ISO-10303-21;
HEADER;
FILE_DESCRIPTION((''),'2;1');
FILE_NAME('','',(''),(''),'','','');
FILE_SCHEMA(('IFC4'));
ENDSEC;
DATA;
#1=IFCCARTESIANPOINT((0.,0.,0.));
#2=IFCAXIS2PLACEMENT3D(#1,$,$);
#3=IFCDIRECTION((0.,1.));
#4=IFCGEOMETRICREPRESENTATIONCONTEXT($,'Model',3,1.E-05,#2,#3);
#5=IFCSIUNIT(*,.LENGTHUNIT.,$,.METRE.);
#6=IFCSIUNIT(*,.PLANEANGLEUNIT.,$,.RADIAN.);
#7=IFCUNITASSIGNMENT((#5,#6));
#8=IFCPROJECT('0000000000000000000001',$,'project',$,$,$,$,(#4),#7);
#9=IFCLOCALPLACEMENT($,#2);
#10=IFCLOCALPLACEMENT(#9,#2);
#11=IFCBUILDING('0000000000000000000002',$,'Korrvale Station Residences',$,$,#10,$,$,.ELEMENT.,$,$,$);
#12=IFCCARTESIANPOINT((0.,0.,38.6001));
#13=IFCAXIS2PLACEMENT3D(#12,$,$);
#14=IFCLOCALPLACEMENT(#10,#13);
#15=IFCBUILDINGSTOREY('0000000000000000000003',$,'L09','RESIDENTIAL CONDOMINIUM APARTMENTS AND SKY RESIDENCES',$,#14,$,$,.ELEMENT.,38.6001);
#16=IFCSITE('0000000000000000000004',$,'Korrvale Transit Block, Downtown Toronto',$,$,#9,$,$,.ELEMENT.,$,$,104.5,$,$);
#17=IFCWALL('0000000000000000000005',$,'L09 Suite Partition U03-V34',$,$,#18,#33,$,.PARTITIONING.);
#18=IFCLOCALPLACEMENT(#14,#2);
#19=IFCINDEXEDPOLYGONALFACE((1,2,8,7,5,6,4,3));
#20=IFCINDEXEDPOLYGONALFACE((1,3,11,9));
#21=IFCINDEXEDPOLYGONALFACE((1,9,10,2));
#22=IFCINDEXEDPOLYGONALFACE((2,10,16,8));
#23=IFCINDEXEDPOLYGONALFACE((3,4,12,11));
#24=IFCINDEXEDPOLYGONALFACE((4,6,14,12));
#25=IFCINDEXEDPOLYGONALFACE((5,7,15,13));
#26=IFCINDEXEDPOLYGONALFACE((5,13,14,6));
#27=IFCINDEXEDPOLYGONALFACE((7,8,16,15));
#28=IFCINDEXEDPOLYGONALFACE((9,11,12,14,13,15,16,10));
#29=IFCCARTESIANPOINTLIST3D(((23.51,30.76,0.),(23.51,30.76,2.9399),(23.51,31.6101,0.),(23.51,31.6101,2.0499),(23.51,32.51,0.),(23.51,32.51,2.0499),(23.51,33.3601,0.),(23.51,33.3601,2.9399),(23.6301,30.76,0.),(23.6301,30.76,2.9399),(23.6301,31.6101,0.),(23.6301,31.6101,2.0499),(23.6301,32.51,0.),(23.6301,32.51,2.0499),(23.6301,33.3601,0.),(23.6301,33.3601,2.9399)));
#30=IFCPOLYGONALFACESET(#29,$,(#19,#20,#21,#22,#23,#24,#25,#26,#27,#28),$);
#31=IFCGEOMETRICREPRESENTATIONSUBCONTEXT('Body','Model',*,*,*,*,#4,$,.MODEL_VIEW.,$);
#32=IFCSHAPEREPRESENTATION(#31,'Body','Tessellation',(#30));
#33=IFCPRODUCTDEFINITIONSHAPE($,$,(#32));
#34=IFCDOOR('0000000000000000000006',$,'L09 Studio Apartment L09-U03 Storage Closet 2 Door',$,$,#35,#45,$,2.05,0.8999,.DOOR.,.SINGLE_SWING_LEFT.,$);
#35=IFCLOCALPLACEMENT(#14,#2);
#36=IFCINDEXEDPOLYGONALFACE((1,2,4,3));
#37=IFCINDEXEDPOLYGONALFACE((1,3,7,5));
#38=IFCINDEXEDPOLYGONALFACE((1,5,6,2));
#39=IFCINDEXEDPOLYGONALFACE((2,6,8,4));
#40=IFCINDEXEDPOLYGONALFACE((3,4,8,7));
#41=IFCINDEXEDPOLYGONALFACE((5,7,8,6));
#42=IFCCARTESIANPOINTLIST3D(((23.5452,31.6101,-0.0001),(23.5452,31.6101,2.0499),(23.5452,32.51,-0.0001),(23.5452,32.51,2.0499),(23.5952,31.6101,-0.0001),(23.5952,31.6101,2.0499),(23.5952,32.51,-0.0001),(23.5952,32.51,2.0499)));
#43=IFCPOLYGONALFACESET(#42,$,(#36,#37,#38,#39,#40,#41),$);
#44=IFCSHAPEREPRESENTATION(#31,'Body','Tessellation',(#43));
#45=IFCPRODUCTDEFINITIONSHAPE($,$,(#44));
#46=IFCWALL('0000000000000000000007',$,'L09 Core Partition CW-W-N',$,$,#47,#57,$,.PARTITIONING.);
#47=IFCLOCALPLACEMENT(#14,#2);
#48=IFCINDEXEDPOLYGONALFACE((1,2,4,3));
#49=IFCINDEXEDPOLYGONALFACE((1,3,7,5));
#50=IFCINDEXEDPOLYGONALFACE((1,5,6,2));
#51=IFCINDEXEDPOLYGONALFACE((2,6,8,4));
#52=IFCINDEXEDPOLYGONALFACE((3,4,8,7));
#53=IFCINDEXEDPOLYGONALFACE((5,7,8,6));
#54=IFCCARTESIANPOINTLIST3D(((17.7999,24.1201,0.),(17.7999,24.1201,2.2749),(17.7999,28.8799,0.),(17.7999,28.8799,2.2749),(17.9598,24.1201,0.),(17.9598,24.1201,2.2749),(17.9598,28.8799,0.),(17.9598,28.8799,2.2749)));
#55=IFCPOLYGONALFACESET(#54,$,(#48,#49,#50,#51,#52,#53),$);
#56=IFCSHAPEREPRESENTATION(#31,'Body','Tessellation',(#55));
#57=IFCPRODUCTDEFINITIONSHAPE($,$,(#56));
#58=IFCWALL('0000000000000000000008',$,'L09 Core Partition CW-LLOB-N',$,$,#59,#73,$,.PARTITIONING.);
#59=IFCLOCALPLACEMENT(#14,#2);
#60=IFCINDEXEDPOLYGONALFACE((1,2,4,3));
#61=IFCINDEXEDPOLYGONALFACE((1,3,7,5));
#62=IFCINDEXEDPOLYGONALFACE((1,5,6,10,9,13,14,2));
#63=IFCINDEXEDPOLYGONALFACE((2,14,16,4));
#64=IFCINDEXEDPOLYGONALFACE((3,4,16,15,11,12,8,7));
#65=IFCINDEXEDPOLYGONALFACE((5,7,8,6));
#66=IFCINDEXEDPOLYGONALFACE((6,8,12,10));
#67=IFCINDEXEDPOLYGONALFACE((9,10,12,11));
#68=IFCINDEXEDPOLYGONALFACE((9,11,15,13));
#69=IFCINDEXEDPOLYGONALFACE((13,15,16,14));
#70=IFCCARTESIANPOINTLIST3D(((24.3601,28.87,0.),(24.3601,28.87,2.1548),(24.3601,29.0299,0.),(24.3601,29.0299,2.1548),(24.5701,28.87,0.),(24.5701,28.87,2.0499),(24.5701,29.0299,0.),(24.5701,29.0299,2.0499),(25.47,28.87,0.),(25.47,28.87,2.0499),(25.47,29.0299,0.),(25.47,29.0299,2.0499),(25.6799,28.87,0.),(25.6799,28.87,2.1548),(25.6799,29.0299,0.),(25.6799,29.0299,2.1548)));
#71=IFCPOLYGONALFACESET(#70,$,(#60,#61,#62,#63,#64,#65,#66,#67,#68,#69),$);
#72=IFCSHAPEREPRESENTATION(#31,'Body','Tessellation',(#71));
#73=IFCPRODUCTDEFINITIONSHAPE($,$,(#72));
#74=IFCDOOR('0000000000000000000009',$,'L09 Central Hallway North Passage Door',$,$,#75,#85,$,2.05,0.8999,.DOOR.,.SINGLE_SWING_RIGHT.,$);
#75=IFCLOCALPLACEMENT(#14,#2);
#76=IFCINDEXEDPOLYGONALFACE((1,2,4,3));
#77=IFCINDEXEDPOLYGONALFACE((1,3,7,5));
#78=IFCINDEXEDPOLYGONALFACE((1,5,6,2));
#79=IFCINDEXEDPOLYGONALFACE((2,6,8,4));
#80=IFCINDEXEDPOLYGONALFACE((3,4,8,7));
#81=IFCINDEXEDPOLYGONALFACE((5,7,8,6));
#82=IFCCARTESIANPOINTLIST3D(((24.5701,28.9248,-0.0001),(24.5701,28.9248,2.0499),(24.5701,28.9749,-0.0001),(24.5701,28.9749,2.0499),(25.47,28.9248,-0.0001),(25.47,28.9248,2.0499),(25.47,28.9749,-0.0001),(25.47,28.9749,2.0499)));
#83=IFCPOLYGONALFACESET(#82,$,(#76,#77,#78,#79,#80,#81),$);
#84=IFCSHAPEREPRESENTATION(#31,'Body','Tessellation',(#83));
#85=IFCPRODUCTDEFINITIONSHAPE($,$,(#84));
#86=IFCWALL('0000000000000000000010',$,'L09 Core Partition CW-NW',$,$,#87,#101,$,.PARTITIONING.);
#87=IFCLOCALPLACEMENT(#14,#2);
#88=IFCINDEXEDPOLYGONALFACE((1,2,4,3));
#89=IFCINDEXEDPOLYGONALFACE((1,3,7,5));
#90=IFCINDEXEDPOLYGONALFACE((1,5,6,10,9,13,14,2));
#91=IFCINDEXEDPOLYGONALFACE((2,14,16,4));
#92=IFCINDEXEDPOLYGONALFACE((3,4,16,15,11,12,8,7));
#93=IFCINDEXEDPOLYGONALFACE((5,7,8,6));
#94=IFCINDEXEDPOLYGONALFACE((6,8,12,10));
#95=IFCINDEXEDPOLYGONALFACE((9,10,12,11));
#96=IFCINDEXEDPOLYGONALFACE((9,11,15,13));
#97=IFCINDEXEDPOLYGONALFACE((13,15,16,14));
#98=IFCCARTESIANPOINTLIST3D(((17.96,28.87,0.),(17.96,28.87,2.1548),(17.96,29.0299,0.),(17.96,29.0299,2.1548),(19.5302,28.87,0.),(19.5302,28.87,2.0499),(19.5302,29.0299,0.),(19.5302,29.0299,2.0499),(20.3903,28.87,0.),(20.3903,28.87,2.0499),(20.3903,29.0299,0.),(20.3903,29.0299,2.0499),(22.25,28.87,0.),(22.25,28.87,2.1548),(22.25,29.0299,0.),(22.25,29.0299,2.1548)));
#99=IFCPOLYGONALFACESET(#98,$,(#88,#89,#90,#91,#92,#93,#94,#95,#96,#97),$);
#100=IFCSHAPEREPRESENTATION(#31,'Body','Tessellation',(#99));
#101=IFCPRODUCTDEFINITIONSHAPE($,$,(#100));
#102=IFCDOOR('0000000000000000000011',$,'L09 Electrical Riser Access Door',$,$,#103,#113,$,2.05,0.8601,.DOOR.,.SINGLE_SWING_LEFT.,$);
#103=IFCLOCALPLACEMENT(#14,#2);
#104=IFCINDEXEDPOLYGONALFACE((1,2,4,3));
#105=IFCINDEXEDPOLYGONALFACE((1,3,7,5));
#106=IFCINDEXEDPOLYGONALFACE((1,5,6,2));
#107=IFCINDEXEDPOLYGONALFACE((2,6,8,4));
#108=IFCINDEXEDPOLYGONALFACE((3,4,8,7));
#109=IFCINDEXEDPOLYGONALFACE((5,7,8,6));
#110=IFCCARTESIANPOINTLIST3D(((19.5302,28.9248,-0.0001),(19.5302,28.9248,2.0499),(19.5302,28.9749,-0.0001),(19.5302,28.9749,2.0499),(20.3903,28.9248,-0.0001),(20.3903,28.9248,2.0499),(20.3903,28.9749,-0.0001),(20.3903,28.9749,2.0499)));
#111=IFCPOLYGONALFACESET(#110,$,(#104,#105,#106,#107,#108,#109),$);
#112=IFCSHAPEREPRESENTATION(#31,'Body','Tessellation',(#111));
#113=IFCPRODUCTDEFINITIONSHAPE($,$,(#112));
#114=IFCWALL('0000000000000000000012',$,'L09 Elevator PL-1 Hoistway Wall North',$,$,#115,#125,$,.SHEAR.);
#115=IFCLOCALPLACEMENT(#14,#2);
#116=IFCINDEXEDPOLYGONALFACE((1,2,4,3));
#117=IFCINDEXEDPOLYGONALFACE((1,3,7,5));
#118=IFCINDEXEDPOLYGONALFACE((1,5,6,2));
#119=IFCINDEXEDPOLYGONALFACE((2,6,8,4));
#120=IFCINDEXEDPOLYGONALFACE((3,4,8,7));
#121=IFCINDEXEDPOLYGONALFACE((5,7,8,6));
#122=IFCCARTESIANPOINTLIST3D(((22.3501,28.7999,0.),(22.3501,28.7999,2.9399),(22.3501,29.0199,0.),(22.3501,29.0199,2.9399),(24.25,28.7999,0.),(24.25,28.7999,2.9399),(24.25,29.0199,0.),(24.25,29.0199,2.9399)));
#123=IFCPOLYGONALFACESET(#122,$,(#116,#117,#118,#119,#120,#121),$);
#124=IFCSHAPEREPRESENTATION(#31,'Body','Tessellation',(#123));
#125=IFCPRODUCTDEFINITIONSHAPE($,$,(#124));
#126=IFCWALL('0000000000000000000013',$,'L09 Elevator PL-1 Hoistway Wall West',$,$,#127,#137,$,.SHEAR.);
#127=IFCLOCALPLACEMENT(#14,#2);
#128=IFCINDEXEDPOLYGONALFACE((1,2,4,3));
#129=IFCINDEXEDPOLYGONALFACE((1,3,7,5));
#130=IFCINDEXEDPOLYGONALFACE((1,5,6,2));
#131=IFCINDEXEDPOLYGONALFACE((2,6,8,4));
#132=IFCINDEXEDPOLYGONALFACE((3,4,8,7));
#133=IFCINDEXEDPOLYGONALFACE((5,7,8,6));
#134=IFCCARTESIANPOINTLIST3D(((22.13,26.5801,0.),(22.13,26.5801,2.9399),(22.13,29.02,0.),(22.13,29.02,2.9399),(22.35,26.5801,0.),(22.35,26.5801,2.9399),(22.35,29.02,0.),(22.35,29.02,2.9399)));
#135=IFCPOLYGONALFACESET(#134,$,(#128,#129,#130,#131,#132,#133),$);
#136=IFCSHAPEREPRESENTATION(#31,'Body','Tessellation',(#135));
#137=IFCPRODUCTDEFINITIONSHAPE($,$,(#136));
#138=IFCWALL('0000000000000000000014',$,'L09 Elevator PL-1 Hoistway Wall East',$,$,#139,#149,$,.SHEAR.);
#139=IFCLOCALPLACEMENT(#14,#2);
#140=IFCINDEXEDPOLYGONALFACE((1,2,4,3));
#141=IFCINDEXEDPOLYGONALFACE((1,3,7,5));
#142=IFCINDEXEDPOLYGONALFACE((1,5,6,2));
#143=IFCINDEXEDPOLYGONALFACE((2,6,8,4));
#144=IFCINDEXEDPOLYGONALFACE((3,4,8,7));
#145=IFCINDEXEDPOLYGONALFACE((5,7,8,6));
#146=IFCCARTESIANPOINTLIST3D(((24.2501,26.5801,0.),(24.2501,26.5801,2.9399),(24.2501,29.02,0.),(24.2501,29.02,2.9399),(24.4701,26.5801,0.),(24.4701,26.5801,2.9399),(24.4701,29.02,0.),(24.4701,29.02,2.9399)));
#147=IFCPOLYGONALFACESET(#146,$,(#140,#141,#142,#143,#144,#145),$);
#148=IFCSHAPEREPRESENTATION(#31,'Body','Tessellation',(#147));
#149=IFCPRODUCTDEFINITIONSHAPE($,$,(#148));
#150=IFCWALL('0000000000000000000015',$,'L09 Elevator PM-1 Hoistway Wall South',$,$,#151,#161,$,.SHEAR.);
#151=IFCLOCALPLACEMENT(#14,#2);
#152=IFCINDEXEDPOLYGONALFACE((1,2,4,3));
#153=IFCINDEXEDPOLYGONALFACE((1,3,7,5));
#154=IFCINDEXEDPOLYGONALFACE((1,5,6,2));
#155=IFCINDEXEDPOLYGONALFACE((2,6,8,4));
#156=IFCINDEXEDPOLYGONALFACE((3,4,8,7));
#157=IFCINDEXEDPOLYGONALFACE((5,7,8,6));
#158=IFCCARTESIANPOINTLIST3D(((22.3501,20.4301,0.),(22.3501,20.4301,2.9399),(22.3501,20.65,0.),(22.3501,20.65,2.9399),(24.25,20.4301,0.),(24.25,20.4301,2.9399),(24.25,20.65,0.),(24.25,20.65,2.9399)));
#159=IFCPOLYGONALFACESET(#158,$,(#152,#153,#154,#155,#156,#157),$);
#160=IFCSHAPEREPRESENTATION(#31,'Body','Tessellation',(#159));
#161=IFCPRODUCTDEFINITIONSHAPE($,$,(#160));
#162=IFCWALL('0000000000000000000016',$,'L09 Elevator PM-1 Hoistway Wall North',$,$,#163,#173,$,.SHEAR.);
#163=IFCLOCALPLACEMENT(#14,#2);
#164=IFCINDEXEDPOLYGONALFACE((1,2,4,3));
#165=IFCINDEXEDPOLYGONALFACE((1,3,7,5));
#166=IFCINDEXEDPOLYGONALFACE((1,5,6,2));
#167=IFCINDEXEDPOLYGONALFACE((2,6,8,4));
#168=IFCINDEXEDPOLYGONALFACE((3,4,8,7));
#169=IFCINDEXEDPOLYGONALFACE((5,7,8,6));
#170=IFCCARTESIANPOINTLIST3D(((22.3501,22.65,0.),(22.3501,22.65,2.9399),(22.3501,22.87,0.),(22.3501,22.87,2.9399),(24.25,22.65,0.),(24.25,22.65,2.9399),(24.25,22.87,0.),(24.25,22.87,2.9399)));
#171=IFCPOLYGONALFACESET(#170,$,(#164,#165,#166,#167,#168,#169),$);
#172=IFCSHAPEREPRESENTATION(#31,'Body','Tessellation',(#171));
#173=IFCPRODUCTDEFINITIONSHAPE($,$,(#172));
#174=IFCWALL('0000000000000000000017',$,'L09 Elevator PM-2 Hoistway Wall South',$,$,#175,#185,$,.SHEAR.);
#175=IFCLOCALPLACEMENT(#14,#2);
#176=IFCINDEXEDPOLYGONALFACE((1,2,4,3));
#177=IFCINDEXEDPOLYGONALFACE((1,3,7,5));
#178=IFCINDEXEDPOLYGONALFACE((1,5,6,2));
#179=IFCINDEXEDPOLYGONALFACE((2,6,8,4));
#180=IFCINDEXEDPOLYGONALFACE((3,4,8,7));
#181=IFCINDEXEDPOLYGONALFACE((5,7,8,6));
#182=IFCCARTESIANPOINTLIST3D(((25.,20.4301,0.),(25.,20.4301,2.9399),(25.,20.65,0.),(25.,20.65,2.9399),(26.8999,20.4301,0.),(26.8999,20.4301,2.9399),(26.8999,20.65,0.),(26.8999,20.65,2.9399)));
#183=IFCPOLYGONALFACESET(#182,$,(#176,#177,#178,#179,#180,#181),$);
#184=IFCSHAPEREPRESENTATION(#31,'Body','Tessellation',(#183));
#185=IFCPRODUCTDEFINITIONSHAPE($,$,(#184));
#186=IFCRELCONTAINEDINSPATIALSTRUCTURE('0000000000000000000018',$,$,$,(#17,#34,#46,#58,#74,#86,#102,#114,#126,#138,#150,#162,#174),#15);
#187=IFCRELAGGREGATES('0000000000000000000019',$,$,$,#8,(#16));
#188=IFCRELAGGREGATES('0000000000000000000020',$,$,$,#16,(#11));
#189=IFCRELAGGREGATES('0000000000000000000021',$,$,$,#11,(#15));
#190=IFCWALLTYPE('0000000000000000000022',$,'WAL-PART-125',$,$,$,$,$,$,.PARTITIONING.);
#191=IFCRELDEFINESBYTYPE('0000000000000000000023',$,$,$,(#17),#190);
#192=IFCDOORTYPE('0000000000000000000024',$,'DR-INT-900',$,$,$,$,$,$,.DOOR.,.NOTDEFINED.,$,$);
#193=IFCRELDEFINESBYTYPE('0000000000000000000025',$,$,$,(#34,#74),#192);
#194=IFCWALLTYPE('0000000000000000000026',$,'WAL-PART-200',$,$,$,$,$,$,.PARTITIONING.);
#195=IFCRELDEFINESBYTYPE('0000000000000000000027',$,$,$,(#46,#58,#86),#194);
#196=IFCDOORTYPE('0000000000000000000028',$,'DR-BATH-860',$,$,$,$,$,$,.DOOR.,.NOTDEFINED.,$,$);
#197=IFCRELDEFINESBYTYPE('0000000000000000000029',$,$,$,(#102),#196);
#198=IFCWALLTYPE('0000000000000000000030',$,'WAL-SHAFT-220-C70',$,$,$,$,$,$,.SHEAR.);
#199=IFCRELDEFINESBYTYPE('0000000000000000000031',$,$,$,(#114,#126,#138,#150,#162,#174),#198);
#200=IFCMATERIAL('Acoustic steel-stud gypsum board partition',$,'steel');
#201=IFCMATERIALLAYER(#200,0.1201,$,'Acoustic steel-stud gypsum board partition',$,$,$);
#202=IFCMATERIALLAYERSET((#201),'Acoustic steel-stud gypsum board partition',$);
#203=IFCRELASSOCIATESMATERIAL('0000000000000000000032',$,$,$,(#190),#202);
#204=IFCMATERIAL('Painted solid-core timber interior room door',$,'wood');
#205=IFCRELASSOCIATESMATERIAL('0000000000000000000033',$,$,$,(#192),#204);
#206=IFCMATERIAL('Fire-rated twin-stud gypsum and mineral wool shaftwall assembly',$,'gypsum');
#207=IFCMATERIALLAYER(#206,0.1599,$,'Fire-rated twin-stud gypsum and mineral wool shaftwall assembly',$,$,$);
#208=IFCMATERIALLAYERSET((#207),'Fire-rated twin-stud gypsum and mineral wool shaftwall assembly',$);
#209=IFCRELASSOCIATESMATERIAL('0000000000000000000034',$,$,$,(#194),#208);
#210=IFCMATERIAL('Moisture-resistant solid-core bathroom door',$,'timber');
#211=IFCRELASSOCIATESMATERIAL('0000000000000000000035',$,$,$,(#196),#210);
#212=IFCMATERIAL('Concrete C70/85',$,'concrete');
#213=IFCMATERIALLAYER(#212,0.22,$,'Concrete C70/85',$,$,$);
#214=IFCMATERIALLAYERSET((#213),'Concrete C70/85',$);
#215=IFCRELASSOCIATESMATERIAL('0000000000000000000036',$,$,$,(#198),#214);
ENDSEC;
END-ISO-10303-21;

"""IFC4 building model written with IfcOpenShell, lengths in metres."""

from ifc_helpers import new_model, si_unit, direction, frame, frame_2d, origin, place, context, subcontext, project, spatial, rectangle, extrude, material, layer, layer_set, type_object, element, fill, save


model = new_model("IFC4")

# Units and contexts
model_context = context("Model", 3, precision=1e-05, world=origin(), true_north=direction((0.0, 1.0)))
body_context = subcontext(model_context, "Body", "Model", "MODEL_VIEW")
ifc_project = project(units=[si_unit("LENGTHUNIT", "METRE"), si_unit("PLANEANGLEUNIT", "RADIAN")], contexts=[model_context])

# Site, building, storey
site_placement = place(None, origin())
site = spatial("IfcSite", under=ifc_project, at=site_placement, Name="Korrvale Transit Block, Downtown Toronto", CompositionType="ELEMENT", RefElevation=104.5)
building_placement = place(site_placement, origin())
building = spatial("IfcBuilding", under=site, at=building_placement, Name="Korrvale Station Residences", CompositionType="ELEMENT")
storey_placement = place(building_placement, frame((0.0, 0.0, 38.6001)))
storey = spatial("IfcBuildingStorey", under=building, at=storey_placement, Name="L09", Description="RESIDENTIAL CONDOMINIUM APARTMENTS AND SKY RESIDENCES", CompositionType="ELEMENT", Elevation=38.6001)

# Shared definitions
ifc_material_1 = material(Name="Concrete C70/85", Category="concrete")

# Wall, opening, door
ifc_material_2 = material(Name="Acoustic steel-stud gypsum board partition", Category="steel")
ifc_layer_1 = layer(ifc_material_2, 0.1201, Name="Acoustic steel-stud gypsum board partition")
ifc_layer_set_1 = layer_set([ifc_layer_1], Name="Acoustic steel-stud gypsum board partition")
wall_type_1 = type_object("IfcWallType", Name="WAL-PART-125", PredefinedType="PARTITIONING", material=ifc_layer_set_1)
ifc_material_3 = material(Name="Painted solid-core timber interior room door", Category="wood")
door_type_1 = type_object("IfcDoorType", Name="DR-INT-900", OperationType="NOTDEFINED", PredefinedType="DOOR", material=ifc_material_3)
wall_1_placement = place(storey_placement, frame((23.5701, 30.76, 0.0), z_axis=(0.0, 0.0, 1.0), x_axis=(0.0, 1.0, 0.0)))
wall_1 = element("IfcWall", 1, at=wall_1_placement, inside=storey, type_object=wall_type_1, Name="L09 Suite Partition U03-V34", PredefinedType="PARTITIONING", context=body_context, shape_type="SweptSolid", body=[
    extrude(rectangle(XDim=2.6001, YDim=0.1201, at=frame_2d((1.3, 0.0))), origin(), (0.0, 0.0, 1.0), 2.9399),
])
opening_1_placement = place(wall_1_placement, frame((0.8501, 0.0, 0.0)))
opening_1 = element("IfcOpeningElement", 2, at=opening_1_placement, cuts=wall_1, PredefinedType="OPENING", context=body_context, shape_type="SweptSolid", body=[
    extrude(rectangle(XDim=0.8999, YDim=2.05, at=frame_2d((0.45, 1.0249))), frame((0.0, 0.0701, 0.0), z_axis=(0.0, -1.0, 0.0), x_axis=(1.0, 0.0, 0.0)), (0.0, 0.0, 1.0), 0.1401),
])
door_1_placement = place(opening_1_placement, origin())
door_1 = element("IfcDoor", 3, at=door_1_placement, inside=storey, type_object=door_type_1, Name="L09 Studio Apartment L09-U03 Storage Closet 2 Door", OperationType="SINGLE_SWING_LEFT", OverallHeight=2.05, OverallWidth=0.8999, PredefinedType="DOOR", context=body_context, shape_type="SweptSolid", body=[
    extrude(rectangle(XDim=0.8999, YDim=2.05, at=frame_2d((0.45, 1.0249))), frame((0.0, 0.0249, 0.0), z_axis=(0.0, -1.0, 0.0), x_axis=(1.0, 0.0, 0.0)), (0.0, 0.0, 1.0), 0.05),
])
fill(opening_1, door_1)

# Wall
ifc_material_4 = material(Name="Fire-rated twin-stud gypsum and mineral wool shaftwall assembly", Category="gypsum")
ifc_layer_2 = layer(ifc_material_4, 0.1599, Name="Fire-rated twin-stud gypsum and mineral wool shaftwall assembly")
ifc_layer_set_2 = layer_set([ifc_layer_2], Name="Fire-rated twin-stud gypsum and mineral wool shaftwall assembly")
wall_type_2 = type_object("IfcWallType", Name="WAL-PART-200", PredefinedType="PARTITIONING", material=ifc_layer_set_2)
wall_2_placement = place(storey_placement, frame((17.8799, 24.1201, 0.0), z_axis=(0.0, 0.0, 1.0), x_axis=(0.0, 1.0, 0.0)))
element("IfcWall", 4, at=wall_2_placement, inside=storey, type_object=wall_type_2, Name="L09 Core Partition CW-W-N", PredefinedType="PARTITIONING", context=body_context, shape_type="SweptSolid", body=[
    extrude(rectangle(XDim=4.7598, YDim=0.1599, at=frame_2d((2.3799, 0.0))), origin(), (0.0, 0.0, 1.0), 2.2749),
])

# Walls, openings, doors
wall_3_placement = place(storey_placement, frame((24.3601, 28.95, 0.0), z_axis=(0.0, 0.0, 1.0), x_axis=(1.0, 0.0, 0.0)))
wall_3 = element("IfcWall", 5, at=wall_3_placement, inside=storey, type_object=wall_type_2, Name="L09 Core Partition CW-LLOB-N", PredefinedType="PARTITIONING", context=body_context, shape_type="SweptSolid", body=[
    extrude(rectangle(XDim=1.3198, YDim=0.1599, at=frame_2d((0.6599, 0.0))), origin(), (0.0, 0.0, 1.0), 2.1548),
])
opening_2_placement = place(wall_3_placement, frame((0.21, 0.0, 0.0)))
opening_2 = element("IfcOpeningElement", 6, at=opening_2_placement, cuts=wall_3, PredefinedType="OPENING", context=body_context, shape_type="SweptSolid", body=[
    extrude(rectangle(XDim=0.8999, YDim=2.05, at=frame_2d((0.45, 1.0249))), frame((0.0, 0.0898, 0.0), z_axis=(0.0, -1.0, 0.0), x_axis=(1.0, 0.0, 0.0)), (0.0, 0.0, 1.0), 0.1799),
])
door_2_placement = place(opening_2_placement, origin())
door_2 = element("IfcDoor", 7, at=door_2_placement, inside=storey, type_object=door_type_1, Name="L09 Central Hallway North Passage Door", OperationType="SINGLE_SWING_RIGHT", OverallHeight=2.05, OverallWidth=0.8999, PredefinedType="DOOR", context=body_context, shape_type="SweptSolid", body=[
    extrude(rectangle(XDim=0.8999, YDim=2.05, at=frame_2d((0.45, 1.0249))), frame((0.0, 0.0249, 0.0), z_axis=(0.0, -1.0, 0.0), x_axis=(1.0, 0.0, 0.0)), (0.0, 0.0, 1.0), 0.05),
])
fill(opening_2, door_2)
wall_4_placement = place(storey_placement, frame((17.96, 28.95, 0.0), z_axis=(0.0, 0.0, 1.0), x_axis=(1.0, 0.0, 0.0)))
wall_4 = element("IfcWall", 8, at=wall_4_placement, inside=storey, type_object=wall_type_2, Name="L09 Core Partition CW-NW", PredefinedType="PARTITIONING", context=body_context, shape_type="SweptSolid", body=[
    extrude(rectangle(XDim=4.29, YDim=0.1599, at=frame_2d((2.145, 0.0))), origin(), (0.0, 0.0, 1.0), 2.1548),
])
opening_3_placement = place(wall_4_placement, frame((1.5701, 0.0, 0.0)))
opening_3 = element("IfcOpeningElement", 9, at=opening_3_placement, cuts=wall_4, PredefinedType="OPENING", context=body_context, shape_type="SweptSolid", body=[
    extrude(rectangle(XDim=0.8601, YDim=2.05, at=frame_2d((0.4302, 1.0249))), frame((0.0, 0.0898, 0.0), z_axis=(0.0, -1.0, 0.0), x_axis=(1.0, 0.0, 0.0)), (0.0, 0.0, 1.0), 0.1799),
])
ifc_material_5 = material(Name="Moisture-resistant solid-core bathroom door", Category="timber")
door_type_2 = type_object("IfcDoorType", Name="DR-BATH-860", OperationType="NOTDEFINED", PredefinedType="DOOR", material=ifc_material_5)
door_3_placement = place(opening_3_placement, origin())
door_3 = element("IfcDoor", 10, at=door_3_placement, inside=storey, type_object=door_type_2, Name="L09 Electrical Riser Access Door", OperationType="SINGLE_SWING_LEFT", OverallHeight=2.05, OverallWidth=0.8601, PredefinedType="DOOR", context=body_context, shape_type="SweptSolid", body=[
    extrude(rectangle(XDim=0.8601, YDim=2.05, at=frame_2d((0.4302, 1.0249))), frame((0.0, 0.0249, 0.0), z_axis=(0.0, -1.0, 0.0), x_axis=(1.0, 0.0, 0.0)), (0.0, 0.0, 1.0), 0.05),
])
fill(opening_3, door_3)
ifc_layer_3 = layer(ifc_material_1, 0.22, Name="Concrete C70/85")
ifc_layer_set_3 = layer_set([ifc_layer_3], Name="Concrete C70/85")
wall_type_3 = type_object("IfcWallType", Name="WAL-SHAFT-220-C70", PredefinedType="SHEAR", material=ifc_layer_set_3)

# Walls
wall_5_placement = place(storey_placement, frame((22.3501, 28.9099, 0.0), z_axis=(0.0, 0.0, 1.0), x_axis=(1.0, 0.0, 0.0)))
element("IfcWall", 11, at=wall_5_placement, inside=storey, type_object=wall_type_3, Name="L09 Elevator PL-1 Hoistway Wall North", PredefinedType="SHEAR", context=body_context, shape_type="SweptSolid", body=[
    extrude(rectangle(XDim=1.8999, YDim=0.22, at=frame_2d((0.95, 0.0))), origin(), (0.0, 0.0, 1.0), 2.9399),
])
for number, where, z_axis, x_axis, name in (
    (12, (22.24, 26.5801, 0.0), (0.0, 0.0, 1.0), (0.0, 1.0, 0.0), "L09 Elevator PL-1 Hoistway Wall West"),
    (13, (24.3601, 26.5801, 0.0), (0.0, 0.0, 1.0), (0.0, 1.0, 0.0), "L09 Elevator PL-1 Hoistway Wall East"),
):
    element("IfcWall", number, at=place(storey_placement, frame(where, z_axis=z_axis, x_axis=x_axis)), inside=storey, type_object=wall_type_3, Name=name, PredefinedType="SHEAR", context=body_context, shape_type="SweptSolid", body=[
        extrude(rectangle(XDim=2.4399, YDim=0.22, at=frame_2d((1.22, 0.0))), origin(), (0.0, 0.0, 1.0), 2.9399),
    ])
for number, where, z_axis, x_axis, name in (
    (14, (22.3501, 20.54, 0.0), (0.0, 0.0, 1.0), (1.0, 0.0, 0.0), "L09 Elevator PM-1 Hoistway Wall South"),
    (15, (22.3501, 22.76, 0.0), (0.0, 0.0, 1.0), (1.0, 0.0, 0.0), "L09 Elevator PM-1 Hoistway Wall North"),
    (16, (25.0, 20.54, 0.0), (0.0, 0.0, 1.0), (1.0, 0.0, 0.0), "L09 Elevator PM-2 Hoistway Wall South"),
):
    element("IfcWall", number, at=place(storey_placement, frame(where, z_axis=z_axis, x_axis=x_axis)), inside=storey, type_object=wall_type_3, Name=name, PredefinedType="SHEAR", context=body_context, shape_type="SweptSolid", body=[
        extrude(rectangle(XDim=1.8999, YDim=0.22, at=frame_2d((0.95, 0.0))), origin(), (0.0, 0.0, 1.0), 2.9399),
    ])

save(model, "model.ifc")
